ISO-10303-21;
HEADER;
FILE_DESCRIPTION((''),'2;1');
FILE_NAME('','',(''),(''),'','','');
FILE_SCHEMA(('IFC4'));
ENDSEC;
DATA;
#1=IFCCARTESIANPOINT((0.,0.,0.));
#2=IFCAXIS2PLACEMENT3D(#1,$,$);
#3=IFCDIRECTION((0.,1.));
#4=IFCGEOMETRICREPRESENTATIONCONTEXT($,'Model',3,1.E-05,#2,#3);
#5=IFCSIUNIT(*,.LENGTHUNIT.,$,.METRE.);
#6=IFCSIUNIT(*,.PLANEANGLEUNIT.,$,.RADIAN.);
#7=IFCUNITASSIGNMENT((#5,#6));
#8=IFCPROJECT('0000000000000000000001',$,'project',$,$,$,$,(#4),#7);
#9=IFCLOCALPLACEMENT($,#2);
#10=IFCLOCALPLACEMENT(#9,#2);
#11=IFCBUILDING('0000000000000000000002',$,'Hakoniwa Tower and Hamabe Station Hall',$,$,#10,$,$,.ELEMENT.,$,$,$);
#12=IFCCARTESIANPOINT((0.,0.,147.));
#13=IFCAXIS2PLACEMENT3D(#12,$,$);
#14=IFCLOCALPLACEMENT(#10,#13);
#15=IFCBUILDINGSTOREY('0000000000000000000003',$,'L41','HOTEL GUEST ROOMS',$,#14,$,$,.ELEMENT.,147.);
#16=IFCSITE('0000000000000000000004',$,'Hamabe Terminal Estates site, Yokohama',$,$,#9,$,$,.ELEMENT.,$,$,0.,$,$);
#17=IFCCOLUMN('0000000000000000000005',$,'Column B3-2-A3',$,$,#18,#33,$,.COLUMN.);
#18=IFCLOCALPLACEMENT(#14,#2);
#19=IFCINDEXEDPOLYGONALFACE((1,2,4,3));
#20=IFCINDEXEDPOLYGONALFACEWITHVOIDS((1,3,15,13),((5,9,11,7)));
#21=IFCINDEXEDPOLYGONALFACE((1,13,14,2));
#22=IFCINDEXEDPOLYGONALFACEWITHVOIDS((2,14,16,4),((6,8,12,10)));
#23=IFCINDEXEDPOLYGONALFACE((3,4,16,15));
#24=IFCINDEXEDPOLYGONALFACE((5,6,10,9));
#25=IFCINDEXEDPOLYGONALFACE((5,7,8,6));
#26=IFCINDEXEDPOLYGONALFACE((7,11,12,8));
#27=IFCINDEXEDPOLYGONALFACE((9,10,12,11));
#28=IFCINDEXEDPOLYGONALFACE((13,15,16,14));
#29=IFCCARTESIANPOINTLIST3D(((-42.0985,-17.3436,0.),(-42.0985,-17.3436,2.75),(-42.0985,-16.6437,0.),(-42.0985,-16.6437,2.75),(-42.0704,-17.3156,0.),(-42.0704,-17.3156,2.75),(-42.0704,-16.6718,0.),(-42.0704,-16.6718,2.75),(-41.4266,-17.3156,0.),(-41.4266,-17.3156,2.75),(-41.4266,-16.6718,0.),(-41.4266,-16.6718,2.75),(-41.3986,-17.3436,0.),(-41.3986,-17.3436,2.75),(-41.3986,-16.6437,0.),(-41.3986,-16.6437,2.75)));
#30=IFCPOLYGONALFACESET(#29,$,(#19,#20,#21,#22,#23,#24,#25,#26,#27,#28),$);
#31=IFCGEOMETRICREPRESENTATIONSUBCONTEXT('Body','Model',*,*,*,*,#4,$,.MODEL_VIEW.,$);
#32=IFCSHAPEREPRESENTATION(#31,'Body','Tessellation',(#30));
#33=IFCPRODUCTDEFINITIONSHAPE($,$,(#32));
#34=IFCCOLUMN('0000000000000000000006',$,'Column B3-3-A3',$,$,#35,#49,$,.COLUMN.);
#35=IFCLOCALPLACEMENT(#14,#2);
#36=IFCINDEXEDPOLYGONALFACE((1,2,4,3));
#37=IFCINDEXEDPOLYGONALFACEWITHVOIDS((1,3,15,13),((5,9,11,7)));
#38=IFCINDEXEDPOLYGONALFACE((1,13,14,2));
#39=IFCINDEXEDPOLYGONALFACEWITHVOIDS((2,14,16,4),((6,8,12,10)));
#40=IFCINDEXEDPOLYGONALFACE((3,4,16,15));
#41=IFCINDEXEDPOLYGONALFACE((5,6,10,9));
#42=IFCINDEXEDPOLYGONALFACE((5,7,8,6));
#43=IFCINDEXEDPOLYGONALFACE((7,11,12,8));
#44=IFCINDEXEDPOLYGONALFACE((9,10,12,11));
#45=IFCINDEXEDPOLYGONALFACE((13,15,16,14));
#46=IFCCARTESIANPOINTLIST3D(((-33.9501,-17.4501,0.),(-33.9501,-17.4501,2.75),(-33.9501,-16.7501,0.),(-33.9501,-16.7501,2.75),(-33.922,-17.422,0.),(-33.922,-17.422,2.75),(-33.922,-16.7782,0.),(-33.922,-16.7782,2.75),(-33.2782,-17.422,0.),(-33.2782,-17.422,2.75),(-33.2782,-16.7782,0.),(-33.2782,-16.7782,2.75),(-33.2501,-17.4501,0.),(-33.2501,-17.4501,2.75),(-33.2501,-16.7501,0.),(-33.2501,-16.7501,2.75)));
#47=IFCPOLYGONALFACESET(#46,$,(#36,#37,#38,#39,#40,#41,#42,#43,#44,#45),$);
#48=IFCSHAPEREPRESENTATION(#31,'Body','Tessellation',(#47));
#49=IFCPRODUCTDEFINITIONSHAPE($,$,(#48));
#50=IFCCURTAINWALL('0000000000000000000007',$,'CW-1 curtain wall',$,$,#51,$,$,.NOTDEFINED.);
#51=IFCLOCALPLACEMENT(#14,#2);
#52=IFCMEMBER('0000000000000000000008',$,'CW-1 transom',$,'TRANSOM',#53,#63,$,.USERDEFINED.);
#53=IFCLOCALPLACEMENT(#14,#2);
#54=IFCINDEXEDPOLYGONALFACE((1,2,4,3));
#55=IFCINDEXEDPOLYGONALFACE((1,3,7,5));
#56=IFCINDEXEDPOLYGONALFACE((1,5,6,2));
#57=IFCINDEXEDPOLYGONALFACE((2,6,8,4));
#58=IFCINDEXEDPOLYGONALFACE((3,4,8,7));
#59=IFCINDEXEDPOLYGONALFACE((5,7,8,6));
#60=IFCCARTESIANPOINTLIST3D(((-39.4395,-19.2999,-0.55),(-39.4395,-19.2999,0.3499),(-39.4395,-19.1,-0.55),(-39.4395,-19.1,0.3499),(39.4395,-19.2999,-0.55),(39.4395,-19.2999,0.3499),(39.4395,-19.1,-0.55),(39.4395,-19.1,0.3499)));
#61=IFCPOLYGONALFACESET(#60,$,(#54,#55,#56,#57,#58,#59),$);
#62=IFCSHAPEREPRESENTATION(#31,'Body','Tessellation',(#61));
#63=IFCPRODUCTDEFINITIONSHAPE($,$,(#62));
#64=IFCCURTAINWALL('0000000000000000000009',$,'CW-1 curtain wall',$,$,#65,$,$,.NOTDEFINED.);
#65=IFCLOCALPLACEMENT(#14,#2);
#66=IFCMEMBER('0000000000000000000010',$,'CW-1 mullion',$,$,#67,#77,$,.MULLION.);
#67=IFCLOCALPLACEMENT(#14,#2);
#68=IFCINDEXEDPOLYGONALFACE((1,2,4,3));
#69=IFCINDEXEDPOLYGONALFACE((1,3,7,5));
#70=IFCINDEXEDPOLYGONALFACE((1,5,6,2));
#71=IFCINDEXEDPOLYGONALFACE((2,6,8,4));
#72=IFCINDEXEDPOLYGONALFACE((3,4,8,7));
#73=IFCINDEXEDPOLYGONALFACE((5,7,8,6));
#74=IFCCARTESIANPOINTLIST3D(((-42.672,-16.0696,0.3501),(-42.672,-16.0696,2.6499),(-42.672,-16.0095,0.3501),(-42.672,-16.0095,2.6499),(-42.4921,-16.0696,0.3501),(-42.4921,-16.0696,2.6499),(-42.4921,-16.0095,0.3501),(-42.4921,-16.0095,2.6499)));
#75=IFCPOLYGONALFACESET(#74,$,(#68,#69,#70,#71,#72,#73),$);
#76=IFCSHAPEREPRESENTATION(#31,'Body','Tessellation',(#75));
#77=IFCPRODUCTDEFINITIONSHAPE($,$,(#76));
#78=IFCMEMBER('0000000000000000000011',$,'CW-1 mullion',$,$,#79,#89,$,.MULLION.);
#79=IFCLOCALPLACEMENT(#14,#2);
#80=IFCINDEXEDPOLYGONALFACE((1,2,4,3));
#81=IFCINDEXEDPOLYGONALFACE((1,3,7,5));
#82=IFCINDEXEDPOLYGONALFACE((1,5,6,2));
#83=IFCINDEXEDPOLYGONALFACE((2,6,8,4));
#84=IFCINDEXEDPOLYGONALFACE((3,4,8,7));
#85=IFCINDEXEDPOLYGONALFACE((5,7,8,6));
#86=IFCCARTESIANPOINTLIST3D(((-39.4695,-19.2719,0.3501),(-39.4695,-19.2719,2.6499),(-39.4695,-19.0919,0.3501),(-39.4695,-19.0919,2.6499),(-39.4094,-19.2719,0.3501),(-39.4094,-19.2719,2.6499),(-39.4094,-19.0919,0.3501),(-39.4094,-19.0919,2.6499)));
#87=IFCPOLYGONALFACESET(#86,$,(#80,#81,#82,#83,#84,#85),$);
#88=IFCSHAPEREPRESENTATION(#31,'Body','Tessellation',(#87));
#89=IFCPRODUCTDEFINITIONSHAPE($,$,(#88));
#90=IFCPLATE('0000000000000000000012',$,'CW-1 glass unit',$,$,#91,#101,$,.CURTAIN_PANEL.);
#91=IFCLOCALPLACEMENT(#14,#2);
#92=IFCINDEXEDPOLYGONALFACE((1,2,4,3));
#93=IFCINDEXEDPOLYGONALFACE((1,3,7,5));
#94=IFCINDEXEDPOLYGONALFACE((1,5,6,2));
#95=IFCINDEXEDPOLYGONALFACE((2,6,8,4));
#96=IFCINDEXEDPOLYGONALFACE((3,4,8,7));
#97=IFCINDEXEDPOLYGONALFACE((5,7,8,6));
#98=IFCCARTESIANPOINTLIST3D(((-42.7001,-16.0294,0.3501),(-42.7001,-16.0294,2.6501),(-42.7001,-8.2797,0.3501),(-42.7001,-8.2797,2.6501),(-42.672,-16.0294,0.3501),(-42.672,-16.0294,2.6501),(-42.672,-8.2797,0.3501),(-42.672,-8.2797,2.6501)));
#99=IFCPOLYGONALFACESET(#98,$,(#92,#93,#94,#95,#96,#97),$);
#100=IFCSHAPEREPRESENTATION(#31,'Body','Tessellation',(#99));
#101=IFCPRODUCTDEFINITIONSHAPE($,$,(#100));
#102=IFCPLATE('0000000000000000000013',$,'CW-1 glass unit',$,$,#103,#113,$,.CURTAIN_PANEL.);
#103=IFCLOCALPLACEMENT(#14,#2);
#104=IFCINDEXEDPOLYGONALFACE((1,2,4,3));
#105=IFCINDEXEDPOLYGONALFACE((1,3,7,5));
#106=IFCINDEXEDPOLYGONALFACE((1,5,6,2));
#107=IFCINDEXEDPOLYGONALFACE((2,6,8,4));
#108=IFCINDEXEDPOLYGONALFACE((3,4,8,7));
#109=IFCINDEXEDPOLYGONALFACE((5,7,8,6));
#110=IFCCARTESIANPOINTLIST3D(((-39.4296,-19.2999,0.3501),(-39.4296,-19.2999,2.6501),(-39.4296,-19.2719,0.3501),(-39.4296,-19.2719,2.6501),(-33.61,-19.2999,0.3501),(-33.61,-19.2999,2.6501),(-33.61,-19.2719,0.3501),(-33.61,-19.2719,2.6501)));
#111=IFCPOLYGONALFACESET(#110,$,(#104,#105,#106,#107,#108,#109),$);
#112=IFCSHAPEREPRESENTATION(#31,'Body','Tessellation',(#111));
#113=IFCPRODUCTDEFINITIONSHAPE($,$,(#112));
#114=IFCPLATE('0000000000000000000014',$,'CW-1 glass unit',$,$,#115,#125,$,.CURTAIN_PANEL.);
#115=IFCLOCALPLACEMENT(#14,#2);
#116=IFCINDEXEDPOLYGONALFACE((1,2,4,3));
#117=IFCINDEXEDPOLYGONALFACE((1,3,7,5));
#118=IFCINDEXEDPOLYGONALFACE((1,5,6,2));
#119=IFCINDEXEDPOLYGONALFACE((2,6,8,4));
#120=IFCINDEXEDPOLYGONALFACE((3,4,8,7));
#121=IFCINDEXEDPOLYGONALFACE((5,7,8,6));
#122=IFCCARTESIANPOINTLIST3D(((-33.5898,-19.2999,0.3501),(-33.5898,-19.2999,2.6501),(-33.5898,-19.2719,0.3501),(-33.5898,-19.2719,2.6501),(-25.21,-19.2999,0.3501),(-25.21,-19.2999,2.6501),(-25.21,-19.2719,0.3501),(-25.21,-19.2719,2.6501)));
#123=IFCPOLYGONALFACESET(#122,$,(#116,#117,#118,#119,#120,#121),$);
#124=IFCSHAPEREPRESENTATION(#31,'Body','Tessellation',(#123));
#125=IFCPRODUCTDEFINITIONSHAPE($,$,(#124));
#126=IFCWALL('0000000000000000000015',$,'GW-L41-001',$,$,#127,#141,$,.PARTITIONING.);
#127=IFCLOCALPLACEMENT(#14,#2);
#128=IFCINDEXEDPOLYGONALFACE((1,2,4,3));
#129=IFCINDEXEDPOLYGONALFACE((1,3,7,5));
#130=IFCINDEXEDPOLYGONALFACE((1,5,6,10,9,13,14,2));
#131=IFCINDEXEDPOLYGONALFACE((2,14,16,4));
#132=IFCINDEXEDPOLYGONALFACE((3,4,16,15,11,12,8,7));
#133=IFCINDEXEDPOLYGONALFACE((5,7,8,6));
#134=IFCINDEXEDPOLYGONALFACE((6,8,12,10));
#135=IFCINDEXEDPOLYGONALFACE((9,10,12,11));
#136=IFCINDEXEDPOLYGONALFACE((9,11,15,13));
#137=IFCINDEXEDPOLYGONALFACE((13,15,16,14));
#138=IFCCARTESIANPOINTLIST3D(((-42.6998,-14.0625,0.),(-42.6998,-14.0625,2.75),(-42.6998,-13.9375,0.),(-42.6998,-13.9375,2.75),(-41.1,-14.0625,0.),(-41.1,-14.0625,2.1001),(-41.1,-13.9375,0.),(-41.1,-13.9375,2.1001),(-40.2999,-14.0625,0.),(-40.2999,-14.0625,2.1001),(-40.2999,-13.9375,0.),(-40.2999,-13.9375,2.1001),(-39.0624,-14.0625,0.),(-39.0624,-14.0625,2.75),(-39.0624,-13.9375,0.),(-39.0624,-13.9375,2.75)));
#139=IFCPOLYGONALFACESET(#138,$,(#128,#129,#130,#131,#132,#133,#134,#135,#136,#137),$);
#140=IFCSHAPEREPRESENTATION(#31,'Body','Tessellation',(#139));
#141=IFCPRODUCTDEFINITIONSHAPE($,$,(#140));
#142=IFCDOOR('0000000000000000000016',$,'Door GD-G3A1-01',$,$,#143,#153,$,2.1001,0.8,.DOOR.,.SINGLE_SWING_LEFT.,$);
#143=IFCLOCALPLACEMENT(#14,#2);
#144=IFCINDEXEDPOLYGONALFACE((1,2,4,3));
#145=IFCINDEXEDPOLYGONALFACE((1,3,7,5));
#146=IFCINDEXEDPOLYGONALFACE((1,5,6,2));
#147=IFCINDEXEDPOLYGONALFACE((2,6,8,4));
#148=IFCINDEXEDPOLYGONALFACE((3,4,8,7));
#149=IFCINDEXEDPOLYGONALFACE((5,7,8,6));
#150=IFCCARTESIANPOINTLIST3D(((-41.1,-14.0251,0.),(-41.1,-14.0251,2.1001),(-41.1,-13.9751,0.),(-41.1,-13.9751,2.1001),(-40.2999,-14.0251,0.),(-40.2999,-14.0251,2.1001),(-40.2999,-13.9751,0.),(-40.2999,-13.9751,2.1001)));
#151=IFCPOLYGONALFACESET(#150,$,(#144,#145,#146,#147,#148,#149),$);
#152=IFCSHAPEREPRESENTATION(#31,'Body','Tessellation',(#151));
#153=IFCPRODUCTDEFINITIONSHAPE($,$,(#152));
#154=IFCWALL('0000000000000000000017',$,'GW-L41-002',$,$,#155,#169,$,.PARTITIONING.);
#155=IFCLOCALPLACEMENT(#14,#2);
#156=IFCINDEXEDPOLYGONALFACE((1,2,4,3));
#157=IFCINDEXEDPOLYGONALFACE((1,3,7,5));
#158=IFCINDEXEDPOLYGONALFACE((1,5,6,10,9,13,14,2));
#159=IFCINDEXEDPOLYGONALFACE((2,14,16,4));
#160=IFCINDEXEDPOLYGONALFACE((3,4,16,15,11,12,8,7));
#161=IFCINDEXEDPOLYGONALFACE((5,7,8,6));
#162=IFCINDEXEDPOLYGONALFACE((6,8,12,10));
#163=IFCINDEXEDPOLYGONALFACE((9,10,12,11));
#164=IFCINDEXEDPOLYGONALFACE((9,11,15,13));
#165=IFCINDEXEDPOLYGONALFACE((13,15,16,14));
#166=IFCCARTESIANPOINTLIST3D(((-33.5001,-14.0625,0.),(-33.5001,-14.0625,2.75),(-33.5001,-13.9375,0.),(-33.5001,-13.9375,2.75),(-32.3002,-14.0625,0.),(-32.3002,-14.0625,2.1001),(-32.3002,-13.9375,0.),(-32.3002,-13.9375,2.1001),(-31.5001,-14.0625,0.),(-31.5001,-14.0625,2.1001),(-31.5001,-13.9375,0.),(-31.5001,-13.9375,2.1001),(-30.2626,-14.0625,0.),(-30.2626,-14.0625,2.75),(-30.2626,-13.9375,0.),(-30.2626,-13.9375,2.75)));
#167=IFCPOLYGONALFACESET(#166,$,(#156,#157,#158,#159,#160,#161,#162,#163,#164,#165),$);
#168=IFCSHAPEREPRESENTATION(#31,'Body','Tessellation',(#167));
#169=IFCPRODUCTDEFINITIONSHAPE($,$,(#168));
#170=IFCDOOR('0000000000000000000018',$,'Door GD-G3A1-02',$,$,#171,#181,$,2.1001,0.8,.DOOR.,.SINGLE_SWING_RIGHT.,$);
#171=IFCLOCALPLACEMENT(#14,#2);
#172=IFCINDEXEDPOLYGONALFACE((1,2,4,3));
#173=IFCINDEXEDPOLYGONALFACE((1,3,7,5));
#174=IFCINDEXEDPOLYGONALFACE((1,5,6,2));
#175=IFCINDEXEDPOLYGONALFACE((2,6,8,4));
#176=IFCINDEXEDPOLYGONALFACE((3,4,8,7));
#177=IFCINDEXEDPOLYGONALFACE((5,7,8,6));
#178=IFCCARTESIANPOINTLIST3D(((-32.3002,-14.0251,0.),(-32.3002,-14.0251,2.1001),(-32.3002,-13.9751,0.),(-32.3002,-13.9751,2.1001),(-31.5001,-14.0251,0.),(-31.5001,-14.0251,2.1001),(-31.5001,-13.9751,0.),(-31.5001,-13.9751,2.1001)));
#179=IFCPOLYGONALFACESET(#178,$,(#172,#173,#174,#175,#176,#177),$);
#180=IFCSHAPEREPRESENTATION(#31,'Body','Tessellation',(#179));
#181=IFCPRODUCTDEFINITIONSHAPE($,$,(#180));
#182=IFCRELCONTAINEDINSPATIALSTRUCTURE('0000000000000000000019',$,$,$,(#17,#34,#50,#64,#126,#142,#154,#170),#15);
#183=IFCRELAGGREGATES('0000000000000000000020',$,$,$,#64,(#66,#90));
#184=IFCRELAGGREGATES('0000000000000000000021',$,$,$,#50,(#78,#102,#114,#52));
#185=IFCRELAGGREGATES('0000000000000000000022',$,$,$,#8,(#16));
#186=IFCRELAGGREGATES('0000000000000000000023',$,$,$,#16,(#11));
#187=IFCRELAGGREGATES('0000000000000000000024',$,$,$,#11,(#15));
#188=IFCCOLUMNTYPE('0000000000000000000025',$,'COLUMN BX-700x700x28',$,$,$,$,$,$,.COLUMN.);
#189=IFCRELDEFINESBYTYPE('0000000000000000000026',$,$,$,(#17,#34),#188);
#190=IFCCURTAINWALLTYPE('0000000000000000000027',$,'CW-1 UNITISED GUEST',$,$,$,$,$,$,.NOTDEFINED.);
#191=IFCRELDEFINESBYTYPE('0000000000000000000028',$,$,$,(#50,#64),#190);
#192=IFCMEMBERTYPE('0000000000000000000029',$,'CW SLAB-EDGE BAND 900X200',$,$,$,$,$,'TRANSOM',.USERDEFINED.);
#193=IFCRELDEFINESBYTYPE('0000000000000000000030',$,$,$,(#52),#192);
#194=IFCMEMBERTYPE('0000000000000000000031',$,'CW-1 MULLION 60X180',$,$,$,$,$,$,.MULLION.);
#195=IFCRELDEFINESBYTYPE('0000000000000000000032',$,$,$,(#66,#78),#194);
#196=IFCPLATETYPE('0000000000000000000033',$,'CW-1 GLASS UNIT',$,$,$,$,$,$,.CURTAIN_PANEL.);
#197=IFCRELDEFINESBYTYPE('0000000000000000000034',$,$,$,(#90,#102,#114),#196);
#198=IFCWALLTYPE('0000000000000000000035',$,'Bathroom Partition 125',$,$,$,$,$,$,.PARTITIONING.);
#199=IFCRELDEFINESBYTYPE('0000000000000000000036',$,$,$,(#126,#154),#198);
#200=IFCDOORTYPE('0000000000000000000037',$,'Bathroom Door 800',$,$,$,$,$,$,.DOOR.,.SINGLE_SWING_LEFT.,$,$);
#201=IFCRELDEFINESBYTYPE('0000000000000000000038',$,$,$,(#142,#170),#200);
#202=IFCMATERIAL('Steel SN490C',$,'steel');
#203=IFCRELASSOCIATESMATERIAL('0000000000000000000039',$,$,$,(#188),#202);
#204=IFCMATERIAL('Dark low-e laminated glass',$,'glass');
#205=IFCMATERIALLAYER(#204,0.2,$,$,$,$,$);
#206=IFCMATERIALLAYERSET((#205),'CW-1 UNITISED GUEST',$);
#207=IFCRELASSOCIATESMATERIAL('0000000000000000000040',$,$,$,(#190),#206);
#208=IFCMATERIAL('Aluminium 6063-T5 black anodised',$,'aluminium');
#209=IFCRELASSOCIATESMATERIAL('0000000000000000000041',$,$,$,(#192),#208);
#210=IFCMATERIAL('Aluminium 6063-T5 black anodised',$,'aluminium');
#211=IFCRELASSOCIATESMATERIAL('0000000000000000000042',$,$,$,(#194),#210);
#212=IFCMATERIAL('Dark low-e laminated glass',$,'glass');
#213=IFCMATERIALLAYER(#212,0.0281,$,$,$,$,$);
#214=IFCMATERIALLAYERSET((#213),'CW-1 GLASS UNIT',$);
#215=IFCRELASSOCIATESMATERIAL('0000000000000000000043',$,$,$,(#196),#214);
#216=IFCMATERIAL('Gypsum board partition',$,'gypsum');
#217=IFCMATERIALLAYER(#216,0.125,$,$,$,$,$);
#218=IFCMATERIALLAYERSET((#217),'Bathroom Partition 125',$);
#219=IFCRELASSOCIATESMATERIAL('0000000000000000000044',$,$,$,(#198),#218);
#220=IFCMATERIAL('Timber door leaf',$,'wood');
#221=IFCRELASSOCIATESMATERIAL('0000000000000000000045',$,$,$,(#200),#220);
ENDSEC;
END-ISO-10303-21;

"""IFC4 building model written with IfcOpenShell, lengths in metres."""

from ifc_helpers import new_model, si_unit, direction, frame, frame_2d, origin, origin_2d, place, context, subcontext, project, spatial, rectangle, hollow_rectangle, extrude, material, layer, layer_set, material_profile, profile_set, type_object, element, fill, aggregate, save


model = new_model("IFC4")

# Units and contexts
model_context = context("Model", 3, precision=1e-05, world=origin(), true_north=direction((0.0, 1.0)))
body_context = subcontext(model_context, "Body", "Model", "MODEL_VIEW")
ifc_project = project(units=[si_unit("LENGTHUNIT", "METRE"), si_unit("PLANEANGLEUNIT", "RADIAN")], contexts=[model_context])

# Site, building, storey
site_placement = place(None, origin())
site = spatial("IfcSite", under=ifc_project, at=site_placement, Name="Hamabe Terminal Estates site, Yokohama", CompositionType="ELEMENT", RefElevation=0.0)
building_placement = place(site_placement, origin())
building = spatial("IfcBuilding", under=site, at=building_placement, Name="Hakoniwa Tower and Hamabe Station Hall", CompositionType="ELEMENT")
storey_placement = place(building_placement, frame((0.0, 0.0, 147.0)))
storey = spatial("IfcBuildingStorey", under=building, at=storey_placement, Name="L41", Description="HOTEL GUEST ROOMS", CompositionType="ELEMENT", Elevation=147.0)

# Columns
ifc_material_1 = material(Name="Steel SN490C", Category="steel")
ifc_material_profile_1 = material_profile(ifc_material_1, hollow_rectangle(XDim=0.7, YDim=0.7, WallThickness=0.0281, at=origin_2d()), Name="BX-700x700x28")
ifc_profile_set_1 = profile_set([ifc_material_profile_1], Name="Steel SN490C")
column_type = type_object("IfcColumnType", Name="COLUMN BX-700x700x28", PredefinedType="COLUMN", material=ifc_profile_set_1)
for number, where, z_axis, x_axis, name in (
    (1, (-41.7485, -16.9937, 0.0), (0.0, 0.0, 1.0), (1.0, 0.0, 0.0), "Column B3-2-A3"),
    (2, (-33.6001, -17.1001, 0.0), (0.0, 0.0, 1.0), (1.0, 0.0, 0.0), "Column B3-3-A3"),
):
    element("IfcColumn", number, at=place(storey_placement, frame(where, z_axis=z_axis, x_axis=x_axis)), inside=storey, type_object=column_type, Name=name, PredefinedType="COLUMN", context=body_context, shape_type="SweptSolid", body=[
        extrude(hollow_rectangle(XDim=0.7, YDim=0.7, WallThickness=0.0281, at=origin_2d()), origin(), (0.0, 0.0, 1.0), 2.75),
    ])

# Curtain walls, members
ifc_material_2 = material(Name="Dark low-e laminated glass", Category="glass")
ifc_layer_1 = layer(ifc_material_2, 0.2)
ifc_layer_set_1 = layer_set([ifc_layer_1], Name="CW-1 UNITISED GUEST")
curtain_wall_type = type_object("IfcCurtainWallType", Name="CW-1 UNITISED GUEST", PredefinedType="NOTDEFINED", material=ifc_layer_set_1)
curtain_wall_1_placement = place(storey_placement, origin())
curtain_wall_1 = element("IfcCurtainWall", 3, at=curtain_wall_1_placement, inside=storey, type_object=curtain_wall_type, Name="CW-1 curtain wall", PredefinedType="NOTDEFINED")
ifc_material_3 = material(Name="Aluminium 6063-T5 black anodised", Category="aluminium")
ifc_material_profile_2 = material_profile(ifc_material_3, rectangle(XDim=0.2, YDim=0.8999, at=origin_2d()), Name="CW SLAB-EDGE BAND 900X200")
ifc_profile_set_2 = profile_set([ifc_material_profile_2], Name="Aluminium 6063-T5 black anodised")
member_type_1 = type_object("IfcMemberType", Name="CW SLAB-EDGE BAND 900X200", ElementType="TRANSOM", PredefinedType="USERDEFINED", material=ifc_profile_set_2)
member_1_placement = place(storey_placement, frame((-39.4395, -19.2, -0.1001), z_axis=(1.0, 0.0, 0.0), x_axis=(0.0, 1.0, 0.0)))
member_1 = element("IfcMember", 4, at=member_1_placement, type_object=member_type_1, Name="CW-1 transom", ObjectType="TRANSOM", PredefinedType="USERDEFINED", context=body_context, shape_type="SweptSolid", body=[
    extrude(rectangle(XDim=0.2, YDim=0.8999, at=origin_2d()), origin(), (0.0, 0.0, 1.0), 78.8789),
])
curtain_wall_2_placement = place(storey_placement, origin())
curtain_wall_2 = element("IfcCurtainWall", 5, at=curtain_wall_2_placement, inside=storey, type_object=curtain_wall_type, Name="CW-1 curtain wall", PredefinedType="NOTDEFINED")
ifc_material_4 = material(Name="Aluminium 6063-T5 black anodised", Category="aluminium")
ifc_material_profile_3 = material_profile(ifc_material_4, rectangle(XDim=0.0601, YDim=0.1799, at=origin_2d()), Name="CW-1 MULLION 60X180")
ifc_profile_set_3 = profile_set([ifc_material_profile_3], Name="Aluminium 6063-T5 black anodised")
member_type_2 = type_object("IfcMemberType", Name="CW-1 MULLION 60X180", PredefinedType="MULLION", material=ifc_profile_set_3)
member_2_placement = place(storey_placement, frame((-42.582, -16.0396, 0.3501), z_axis=(0.0, 0.0, 1.0), x_axis=(0.0, -1.0, 0.0)))
member_2 = element("IfcMember", 6, at=member_2_placement, type_object=member_type_2, Name="CW-1 mullion", PredefinedType="MULLION", context=body_context, shape_type="SweptSolid", body=[
    extrude(rectangle(XDim=0.0601, YDim=0.1799, at=origin_2d()), origin(), (0.0, 0.0, 1.0), 2.2998),
])

# Member
member_3_placement = place(storey_placement, frame((-39.4395, -19.1819, 0.3501), z_axis=(0.0, 0.0, 1.0), x_axis=(1.0, 0.0, 0.0)))
member_3 = element("IfcMember", 7, at=member_3_placement, type_object=member_type_2, Name="CW-1 mullion", PredefinedType="MULLION", context=body_context, shape_type="SweptSolid", body=[
    extrude(rectangle(XDim=0.0601, YDim=0.1799, at=origin_2d()), origin(), (0.0, 0.0, 1.0), 2.2998),
])

# Plates
ifc_material_5 = material(Name="Dark low-e laminated glass", Category="glass")
ifc_layer_2 = layer(ifc_material_5, 0.0281)
ifc_layer_set_2 = layer_set([ifc_layer_2], Name="CW-1 GLASS UNIT")
plate_type = type_object("IfcPlateType", Name="CW-1 GLASS UNIT", PredefinedType="CURTAIN_PANEL", material=ifc_layer_set_2)
plate_1_placement = place(storey_placement, frame((-42.686, -12.1545, 0.3501), z_axis=(0.0, 0.0, 1.0), x_axis=(0.0, -1.0, 0.0)))
plate_1 = element("IfcPlate", 8, at=plate_1_placement, type_object=plate_type, Name="CW-1 glass unit", PredefinedType="CURTAIN_PANEL", context=body_context, shape_type="SweptSolid", body=[
    extrude(rectangle(XDim=7.7498, YDim=0.0281, at=origin_2d()), origin(), (0.0, 0.0, 1.0), 2.3),
])
aggregate(curtain_wall_2, [member_2, plate_1])
plate_2_placement = place(storey_placement, frame((-36.5198, -19.2859, 0.3501), z_axis=(0.0, 0.0, 1.0), x_axis=(1.0, 0.0, 0.0)))
plate_2 = element("IfcPlate", 9, at=plate_2_placement, type_object=plate_type, Name="CW-1 glass unit", PredefinedType="CURTAIN_PANEL", context=body_context, shape_type="SweptSolid", body=[
    extrude(rectangle(XDim=5.8196, YDim=0.0281, at=origin_2d()), origin(), (0.0, 0.0, 1.0), 2.3),
])
plate_3_placement = place(storey_placement, frame((-29.3999, -19.2859, 0.3501), z_axis=(0.0, 0.0, 1.0), x_axis=(1.0, 0.0, 0.0)))
plate_3 = element("IfcPlate", 10, at=plate_3_placement, type_object=plate_type, Name="CW-1 glass unit", PredefinedType="CURTAIN_PANEL", context=body_context, shape_type="SweptSolid", body=[
    extrude(rectangle(XDim=8.3799, YDim=0.0281, at=origin_2d()), origin(), (0.0, 0.0, 1.0), 2.3),
])
aggregate(curtain_wall_1, [member_3, plate_2, plate_3, member_1])

# Walls, openings, doors
ifc_material_6 = material(Name="Gypsum board partition", Category="gypsum")
ifc_layer_3 = layer(ifc_material_6, 0.125)
ifc_layer_set_3 = layer_set([ifc_layer_3], Name="Bathroom Partition 125")
wall_type_1 = type_object("IfcWallType", Name="Bathroom Partition 125", PredefinedType="PARTITIONING", material=ifc_layer_set_3)
wall_1_placement = place(storey_placement, frame((-42.7, -14.0, 0.0), z_axis=(0.0, 0.0, 1.0), x_axis=(1.0, 0.0, 0.0)))
wall_1 = element("IfcWall", 11, at=wall_1_placement, inside=storey, type_object=wall_type_1, Name="GW-L41-001", PredefinedType="PARTITIONING", context=body_context, shape_type="SweptSolid", body=[
    extrude(rectangle(XDim=3.6375, YDim=0.125, at=frame_2d((1.8188, 0.0))), origin(), (0.0, 0.0, 1.0), 2.75),
])
opening_1_placement = place(wall_1_placement, frame((1.6001, 0.0, 0.0)))
opening_1 = element("IfcOpeningElement", 12, at=opening_1_placement, cuts=wall_1, PredefinedType="OPENING", context=body_context, shape_type="SweptSolid", body=[
    extrude(rectangle(XDim=0.8, YDim=2.1001, at=frame_2d((0.3999, 1.05))), frame((0.0, 0.0725, 0.0), z_axis=(0.0, -1.0, 0.0), x_axis=(1.0, 0.0, 0.0)), (0.0, 0.0, 1.0), 0.145),
])
ifc_material_7 = material(Name="Timber door leaf", Category="wood")
door_type_1 = type_object("IfcDoorType", Name="Bathroom Door 800", OperationType="SINGLE_SWING_LEFT", PredefinedType="DOOR", material=ifc_material_7)
door_1_placement = place(opening_1_placement, origin())
door_1 = element("IfcDoor", 13, at=door_1_placement, inside=storey, type_object=door_type_1, Name="Door GD-G3A1-01", OperationType="SINGLE_SWING_LEFT", OverallHeight=2.1001, OverallWidth=0.8, PredefinedType="DOOR", context=body_context, shape_type="SweptSolid", body=[
    extrude(rectangle(XDim=0.8, YDim=2.1001, at=frame_2d((0.3999, 1.05))), frame((0.0, 0.0249, 0.0), z_axis=(0.0, -1.0, 0.0), x_axis=(1.0, 0.0, 0.0)), (0.0, 0.0, 1.0), 0.05),
])
fill(opening_1, door_1)
wall_2_placement = place(storey_placement, frame((-33.5, -14.0, 0.0), z_axis=(0.0, 0.0, 1.0), x_axis=(1.0, 0.0, 0.0)))
wall_2 = element("IfcWall", 14, at=wall_2_placement, inside=storey, type_object=wall_type_1, Name="GW-L41-002", PredefinedType="PARTITIONING", context=body_context, shape_type="SweptSolid", body=[
    extrude(rectangle(XDim=3.2375, YDim=0.125, at=frame_2d((1.6187, 0.0))), origin(), (0.0, 0.0, 1.0), 2.75),
])
opening_2_placement = place(wall_2_placement, frame((1.2, 0.0, 0.0)))
opening_2 = element("IfcOpeningElement", 15, at=opening_2_placement, cuts=wall_2, PredefinedType="OPENING", context=body_context, shape_type="SweptSolid", body=[
    extrude(rectangle(XDim=0.8, YDim=2.1001, at=frame_2d((0.3999, 1.05))), frame((0.0, 0.0725, 0.0), z_axis=(0.0, -1.0, 0.0), x_axis=(1.0, 0.0, 0.0)), (0.0, 0.0, 1.0), 0.145),
])
door_2_placement = place(opening_2_placement, origin())
door_2 = element("IfcDoor", 16, at=door_2_placement, inside=storey, type_object=door_type_1, Name="Door GD-G3A1-02", OperationType="SINGLE_SWING_RIGHT", OverallHeight=2.1001, OverallWidth=0.8, PredefinedType="DOOR", context=body_context, shape_type="SweptSolid", body=[
    extrude(rectangle(XDim=0.8, YDim=2.1001, at=frame_2d((0.3999, 1.05))), frame((0.0, 0.0249, 0.0), z_axis=(0.0, -1.0, 0.0), x_axis=(1.0, 0.0, 0.0)), (0.0, 0.0, 1.0), 0.05),
])
fill(opening_2, door_2)

save(model, "model.ifc")
